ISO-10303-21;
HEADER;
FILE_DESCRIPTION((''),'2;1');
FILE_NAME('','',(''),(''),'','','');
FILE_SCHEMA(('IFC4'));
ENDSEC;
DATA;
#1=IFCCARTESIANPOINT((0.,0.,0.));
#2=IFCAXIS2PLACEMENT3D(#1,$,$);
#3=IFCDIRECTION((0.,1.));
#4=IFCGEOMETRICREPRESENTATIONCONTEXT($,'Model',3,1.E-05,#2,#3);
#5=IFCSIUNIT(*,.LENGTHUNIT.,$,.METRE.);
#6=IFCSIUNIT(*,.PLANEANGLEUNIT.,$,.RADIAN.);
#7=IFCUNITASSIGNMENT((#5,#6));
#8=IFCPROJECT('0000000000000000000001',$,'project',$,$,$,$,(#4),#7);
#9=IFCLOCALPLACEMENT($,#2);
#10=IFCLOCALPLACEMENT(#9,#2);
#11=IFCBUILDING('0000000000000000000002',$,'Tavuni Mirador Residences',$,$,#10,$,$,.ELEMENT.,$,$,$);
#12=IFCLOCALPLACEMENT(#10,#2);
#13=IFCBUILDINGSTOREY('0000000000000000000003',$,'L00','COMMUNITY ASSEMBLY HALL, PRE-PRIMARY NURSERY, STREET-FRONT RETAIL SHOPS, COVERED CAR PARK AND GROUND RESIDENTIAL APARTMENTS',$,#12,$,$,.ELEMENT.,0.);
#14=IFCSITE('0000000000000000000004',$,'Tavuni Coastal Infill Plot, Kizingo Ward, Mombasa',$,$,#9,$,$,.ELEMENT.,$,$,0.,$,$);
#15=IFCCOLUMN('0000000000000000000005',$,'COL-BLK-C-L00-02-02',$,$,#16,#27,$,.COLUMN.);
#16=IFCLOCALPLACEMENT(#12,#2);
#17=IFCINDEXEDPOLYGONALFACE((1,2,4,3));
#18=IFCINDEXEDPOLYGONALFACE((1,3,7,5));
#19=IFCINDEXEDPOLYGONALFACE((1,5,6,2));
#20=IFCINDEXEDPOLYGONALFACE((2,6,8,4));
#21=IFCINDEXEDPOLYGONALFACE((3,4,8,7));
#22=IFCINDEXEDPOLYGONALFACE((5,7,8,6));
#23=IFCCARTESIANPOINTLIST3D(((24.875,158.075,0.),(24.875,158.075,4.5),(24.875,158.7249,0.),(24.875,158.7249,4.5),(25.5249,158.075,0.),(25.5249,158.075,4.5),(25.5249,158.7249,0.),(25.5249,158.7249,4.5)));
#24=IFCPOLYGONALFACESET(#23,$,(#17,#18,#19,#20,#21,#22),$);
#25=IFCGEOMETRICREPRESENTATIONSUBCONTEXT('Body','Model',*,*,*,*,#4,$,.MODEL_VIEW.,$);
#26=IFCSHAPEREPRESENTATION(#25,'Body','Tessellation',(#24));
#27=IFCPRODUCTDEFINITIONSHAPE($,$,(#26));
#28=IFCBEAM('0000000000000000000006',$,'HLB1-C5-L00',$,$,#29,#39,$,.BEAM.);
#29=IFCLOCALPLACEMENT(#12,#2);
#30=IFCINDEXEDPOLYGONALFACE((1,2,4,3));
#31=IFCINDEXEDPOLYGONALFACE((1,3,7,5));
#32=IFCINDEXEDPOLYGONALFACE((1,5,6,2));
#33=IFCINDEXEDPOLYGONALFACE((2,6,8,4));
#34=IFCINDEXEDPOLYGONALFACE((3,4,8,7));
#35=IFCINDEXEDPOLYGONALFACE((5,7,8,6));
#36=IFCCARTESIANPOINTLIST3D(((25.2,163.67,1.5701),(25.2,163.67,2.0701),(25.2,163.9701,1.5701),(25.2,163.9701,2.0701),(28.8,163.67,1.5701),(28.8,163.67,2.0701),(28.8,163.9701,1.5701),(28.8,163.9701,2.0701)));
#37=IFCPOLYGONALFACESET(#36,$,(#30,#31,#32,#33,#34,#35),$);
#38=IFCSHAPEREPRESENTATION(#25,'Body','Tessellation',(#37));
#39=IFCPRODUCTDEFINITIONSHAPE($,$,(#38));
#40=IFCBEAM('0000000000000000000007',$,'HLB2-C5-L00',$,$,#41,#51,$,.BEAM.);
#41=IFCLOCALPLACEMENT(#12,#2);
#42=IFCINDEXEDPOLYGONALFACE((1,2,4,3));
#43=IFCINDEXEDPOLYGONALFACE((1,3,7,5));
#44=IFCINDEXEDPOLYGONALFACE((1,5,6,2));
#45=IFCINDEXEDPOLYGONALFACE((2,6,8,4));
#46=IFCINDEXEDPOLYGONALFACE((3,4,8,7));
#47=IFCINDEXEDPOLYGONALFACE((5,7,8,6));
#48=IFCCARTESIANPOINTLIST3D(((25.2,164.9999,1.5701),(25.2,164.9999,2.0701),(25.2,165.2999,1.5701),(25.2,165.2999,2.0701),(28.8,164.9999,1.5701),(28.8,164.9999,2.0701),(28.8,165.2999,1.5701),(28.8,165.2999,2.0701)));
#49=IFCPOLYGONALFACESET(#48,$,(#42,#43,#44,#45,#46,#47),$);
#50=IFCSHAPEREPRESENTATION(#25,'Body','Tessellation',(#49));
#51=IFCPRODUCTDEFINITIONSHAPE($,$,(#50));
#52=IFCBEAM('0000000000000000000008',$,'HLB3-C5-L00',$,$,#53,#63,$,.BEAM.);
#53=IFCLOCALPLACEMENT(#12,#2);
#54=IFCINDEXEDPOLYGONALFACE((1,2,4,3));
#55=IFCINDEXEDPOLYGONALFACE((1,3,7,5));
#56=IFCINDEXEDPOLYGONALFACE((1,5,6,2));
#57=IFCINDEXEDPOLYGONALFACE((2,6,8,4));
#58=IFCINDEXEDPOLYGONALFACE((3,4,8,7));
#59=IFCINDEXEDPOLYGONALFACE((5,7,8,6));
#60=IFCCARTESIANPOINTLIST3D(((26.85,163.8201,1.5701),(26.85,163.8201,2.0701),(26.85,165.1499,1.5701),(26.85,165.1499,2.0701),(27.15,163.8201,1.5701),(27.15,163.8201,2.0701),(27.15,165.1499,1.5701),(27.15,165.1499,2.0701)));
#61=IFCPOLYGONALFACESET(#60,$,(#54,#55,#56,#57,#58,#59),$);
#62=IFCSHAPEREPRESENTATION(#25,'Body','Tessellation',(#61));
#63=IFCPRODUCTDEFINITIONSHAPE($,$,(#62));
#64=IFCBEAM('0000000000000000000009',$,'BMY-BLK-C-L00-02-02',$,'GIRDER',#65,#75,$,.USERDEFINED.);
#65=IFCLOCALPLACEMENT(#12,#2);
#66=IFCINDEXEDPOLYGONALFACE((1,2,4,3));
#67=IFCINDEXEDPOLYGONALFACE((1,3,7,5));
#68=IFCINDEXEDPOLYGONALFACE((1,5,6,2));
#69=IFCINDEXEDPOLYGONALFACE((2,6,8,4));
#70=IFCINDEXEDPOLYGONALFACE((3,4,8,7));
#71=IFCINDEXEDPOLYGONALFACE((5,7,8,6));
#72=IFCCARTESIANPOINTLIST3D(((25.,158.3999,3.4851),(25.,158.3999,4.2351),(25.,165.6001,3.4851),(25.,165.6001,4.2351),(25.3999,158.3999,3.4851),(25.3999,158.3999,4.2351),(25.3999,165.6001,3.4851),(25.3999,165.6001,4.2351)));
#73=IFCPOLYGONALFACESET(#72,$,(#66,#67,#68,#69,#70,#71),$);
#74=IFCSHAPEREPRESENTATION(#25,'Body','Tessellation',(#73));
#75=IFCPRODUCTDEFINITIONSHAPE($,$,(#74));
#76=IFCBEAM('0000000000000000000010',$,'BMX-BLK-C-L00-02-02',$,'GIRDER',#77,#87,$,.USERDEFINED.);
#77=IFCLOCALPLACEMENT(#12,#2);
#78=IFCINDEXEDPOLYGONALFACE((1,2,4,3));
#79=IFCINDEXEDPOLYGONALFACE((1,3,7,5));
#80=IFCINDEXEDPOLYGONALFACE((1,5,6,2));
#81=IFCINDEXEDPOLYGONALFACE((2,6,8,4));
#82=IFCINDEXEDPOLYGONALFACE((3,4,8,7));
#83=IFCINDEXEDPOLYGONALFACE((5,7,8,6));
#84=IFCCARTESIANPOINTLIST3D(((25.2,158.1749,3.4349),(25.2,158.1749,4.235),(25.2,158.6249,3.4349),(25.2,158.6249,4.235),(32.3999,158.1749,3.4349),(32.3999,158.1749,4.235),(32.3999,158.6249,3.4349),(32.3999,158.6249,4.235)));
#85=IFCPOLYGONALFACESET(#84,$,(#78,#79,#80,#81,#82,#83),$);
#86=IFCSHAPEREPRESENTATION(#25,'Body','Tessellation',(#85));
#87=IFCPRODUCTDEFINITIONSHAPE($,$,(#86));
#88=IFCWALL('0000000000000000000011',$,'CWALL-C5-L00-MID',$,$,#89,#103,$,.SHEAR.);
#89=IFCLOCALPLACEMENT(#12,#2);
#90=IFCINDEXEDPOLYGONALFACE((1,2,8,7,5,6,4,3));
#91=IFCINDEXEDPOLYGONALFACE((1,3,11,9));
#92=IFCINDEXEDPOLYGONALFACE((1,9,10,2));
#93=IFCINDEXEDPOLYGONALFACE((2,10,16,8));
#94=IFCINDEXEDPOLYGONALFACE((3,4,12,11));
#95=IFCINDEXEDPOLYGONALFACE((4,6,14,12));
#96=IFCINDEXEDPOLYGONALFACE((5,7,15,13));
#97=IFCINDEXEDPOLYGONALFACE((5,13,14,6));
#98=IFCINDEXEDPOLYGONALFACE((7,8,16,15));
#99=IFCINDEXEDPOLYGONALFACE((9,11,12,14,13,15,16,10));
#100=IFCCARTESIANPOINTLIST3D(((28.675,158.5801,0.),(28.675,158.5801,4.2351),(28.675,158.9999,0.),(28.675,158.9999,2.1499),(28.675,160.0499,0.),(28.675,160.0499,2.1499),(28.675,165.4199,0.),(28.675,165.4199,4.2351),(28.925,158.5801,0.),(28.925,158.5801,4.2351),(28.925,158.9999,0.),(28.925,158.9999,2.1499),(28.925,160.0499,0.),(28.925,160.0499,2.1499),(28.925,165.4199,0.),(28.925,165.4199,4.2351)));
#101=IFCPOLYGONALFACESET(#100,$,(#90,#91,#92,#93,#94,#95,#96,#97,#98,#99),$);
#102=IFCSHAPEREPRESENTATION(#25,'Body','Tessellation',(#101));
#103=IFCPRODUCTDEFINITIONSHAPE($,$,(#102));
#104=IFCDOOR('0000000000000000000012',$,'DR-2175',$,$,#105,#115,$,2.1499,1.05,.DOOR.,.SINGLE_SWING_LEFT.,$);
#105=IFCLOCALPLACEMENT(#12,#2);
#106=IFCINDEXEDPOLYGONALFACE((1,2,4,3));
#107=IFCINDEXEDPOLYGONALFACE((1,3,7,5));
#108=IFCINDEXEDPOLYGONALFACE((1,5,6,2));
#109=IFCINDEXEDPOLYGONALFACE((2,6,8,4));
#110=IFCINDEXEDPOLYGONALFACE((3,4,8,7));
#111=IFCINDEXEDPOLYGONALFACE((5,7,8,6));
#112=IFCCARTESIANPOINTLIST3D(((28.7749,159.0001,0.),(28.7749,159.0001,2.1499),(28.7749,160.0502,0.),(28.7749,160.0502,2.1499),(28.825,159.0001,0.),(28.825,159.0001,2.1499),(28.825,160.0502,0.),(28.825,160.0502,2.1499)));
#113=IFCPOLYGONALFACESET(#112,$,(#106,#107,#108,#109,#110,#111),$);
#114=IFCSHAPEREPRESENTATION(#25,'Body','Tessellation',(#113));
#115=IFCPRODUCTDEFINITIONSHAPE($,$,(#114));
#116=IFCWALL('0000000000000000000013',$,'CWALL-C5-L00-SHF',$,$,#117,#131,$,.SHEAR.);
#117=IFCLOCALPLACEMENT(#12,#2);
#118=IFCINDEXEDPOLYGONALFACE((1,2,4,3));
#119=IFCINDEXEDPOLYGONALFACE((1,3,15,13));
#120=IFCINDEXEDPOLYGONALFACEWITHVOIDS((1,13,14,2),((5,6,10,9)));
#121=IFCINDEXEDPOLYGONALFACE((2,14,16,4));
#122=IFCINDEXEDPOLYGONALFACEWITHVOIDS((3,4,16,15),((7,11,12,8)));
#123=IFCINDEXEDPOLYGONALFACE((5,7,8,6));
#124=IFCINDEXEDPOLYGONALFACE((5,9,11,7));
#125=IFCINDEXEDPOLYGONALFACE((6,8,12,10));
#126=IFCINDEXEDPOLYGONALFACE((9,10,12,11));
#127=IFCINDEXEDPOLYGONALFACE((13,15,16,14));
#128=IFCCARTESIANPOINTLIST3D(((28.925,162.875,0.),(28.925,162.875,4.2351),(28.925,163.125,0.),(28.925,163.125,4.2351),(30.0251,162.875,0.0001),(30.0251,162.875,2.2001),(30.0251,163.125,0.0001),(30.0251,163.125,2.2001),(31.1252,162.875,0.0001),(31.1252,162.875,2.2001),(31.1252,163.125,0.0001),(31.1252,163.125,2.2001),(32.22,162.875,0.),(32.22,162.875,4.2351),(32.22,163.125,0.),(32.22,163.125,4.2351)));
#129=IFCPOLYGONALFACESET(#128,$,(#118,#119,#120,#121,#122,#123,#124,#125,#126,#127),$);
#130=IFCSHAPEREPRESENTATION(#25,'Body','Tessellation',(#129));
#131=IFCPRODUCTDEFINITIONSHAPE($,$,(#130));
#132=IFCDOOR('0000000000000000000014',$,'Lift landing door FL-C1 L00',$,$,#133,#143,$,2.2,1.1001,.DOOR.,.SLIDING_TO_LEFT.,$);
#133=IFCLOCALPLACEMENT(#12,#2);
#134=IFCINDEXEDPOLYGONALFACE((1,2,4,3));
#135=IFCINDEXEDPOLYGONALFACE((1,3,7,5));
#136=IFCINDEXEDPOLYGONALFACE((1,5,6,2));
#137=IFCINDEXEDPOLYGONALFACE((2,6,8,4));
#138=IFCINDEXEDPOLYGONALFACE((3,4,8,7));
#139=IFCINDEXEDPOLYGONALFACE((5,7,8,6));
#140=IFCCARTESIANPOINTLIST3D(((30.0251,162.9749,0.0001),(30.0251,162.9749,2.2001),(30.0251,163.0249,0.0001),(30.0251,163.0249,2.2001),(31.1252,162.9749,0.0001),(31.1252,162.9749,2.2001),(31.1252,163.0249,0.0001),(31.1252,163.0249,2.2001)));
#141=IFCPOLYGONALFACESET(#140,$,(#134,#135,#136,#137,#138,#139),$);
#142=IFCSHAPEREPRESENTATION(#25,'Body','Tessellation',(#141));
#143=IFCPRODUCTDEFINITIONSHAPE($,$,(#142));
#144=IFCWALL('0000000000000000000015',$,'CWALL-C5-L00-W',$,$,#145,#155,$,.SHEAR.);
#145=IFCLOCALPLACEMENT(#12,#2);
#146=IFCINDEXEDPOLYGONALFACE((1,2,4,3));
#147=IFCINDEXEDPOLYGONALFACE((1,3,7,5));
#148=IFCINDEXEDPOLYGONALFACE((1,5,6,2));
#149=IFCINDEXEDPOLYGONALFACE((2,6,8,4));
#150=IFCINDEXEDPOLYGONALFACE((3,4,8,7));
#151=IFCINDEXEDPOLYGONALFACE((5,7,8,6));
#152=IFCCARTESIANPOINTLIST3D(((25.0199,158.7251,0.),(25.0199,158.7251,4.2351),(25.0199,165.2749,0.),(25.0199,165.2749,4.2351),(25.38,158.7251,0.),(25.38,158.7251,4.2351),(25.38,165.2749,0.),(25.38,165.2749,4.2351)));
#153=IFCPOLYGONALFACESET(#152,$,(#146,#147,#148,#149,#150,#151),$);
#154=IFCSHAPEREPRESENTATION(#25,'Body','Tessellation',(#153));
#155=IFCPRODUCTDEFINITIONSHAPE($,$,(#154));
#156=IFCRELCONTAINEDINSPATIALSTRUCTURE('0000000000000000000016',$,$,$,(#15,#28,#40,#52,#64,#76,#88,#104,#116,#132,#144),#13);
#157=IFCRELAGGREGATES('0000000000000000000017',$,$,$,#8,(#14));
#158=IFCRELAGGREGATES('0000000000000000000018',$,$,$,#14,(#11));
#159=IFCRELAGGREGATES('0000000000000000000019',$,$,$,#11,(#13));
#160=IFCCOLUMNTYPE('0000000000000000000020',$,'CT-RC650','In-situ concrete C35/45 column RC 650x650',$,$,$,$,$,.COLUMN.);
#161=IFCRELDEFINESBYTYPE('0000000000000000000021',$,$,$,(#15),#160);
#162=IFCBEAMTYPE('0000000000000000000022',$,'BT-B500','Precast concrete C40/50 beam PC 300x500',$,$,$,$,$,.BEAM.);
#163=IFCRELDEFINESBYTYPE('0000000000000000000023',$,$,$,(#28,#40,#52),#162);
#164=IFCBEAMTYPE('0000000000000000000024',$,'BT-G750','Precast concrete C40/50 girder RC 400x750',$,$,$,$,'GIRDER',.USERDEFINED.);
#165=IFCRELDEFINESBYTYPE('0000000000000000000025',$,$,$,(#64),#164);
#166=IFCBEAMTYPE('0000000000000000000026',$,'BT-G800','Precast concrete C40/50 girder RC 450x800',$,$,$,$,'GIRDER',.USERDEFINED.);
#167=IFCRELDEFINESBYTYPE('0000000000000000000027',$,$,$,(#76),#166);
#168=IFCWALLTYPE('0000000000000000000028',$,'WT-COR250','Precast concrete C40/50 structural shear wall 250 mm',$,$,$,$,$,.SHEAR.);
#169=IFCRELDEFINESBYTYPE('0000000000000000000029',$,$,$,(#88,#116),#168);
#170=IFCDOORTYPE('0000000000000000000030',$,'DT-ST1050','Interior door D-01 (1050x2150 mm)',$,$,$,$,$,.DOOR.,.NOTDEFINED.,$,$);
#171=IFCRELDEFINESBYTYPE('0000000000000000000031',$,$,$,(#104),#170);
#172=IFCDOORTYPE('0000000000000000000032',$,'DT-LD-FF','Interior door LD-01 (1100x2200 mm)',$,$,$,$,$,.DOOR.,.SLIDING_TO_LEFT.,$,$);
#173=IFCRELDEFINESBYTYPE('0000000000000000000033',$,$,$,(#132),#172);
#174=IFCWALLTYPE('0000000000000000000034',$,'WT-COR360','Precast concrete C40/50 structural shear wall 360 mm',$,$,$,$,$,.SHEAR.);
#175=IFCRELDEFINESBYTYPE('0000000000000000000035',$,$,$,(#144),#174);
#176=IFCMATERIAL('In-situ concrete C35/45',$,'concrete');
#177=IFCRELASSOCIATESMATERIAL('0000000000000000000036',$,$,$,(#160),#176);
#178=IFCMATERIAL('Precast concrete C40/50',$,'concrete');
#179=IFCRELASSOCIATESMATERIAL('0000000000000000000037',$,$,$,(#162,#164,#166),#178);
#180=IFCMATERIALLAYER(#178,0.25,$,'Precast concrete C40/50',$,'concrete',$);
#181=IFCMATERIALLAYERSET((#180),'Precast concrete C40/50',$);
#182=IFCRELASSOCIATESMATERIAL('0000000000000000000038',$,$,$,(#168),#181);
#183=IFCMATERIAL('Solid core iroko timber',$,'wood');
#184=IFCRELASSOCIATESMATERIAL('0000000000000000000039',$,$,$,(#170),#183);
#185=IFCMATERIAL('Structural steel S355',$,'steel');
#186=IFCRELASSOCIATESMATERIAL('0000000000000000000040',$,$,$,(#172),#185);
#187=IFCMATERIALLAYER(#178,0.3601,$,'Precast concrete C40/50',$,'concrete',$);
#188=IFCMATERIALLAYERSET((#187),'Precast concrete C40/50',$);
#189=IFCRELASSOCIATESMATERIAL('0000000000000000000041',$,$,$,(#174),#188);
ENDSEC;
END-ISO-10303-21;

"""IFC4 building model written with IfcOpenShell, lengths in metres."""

from ifc_helpers import new_model, si_unit, direction, frame, frame_2d, origin, origin_2d, place, context, subcontext, project, spatial, rectangle, extrude, material, layer, layer_set, material_profile, profile_set, type_object, element, fill, save


model = new_model("IFC4")

# Units and contexts
model_context = context("Model", 3, precision=1e-05, world=origin(), true_north=direction((0.0, 1.0)))
body_context = subcontext(model_context, "Body", "Model", "MODEL_VIEW")
ifc_project = project(units=[si_unit("LENGTHUNIT", "METRE"), si_unit("PLANEANGLEUNIT", "RADIAN")], contexts=[model_context])

# Site, building, storey
site_placement = place(None, origin())
site = spatial("IfcSite", under=ifc_project, at=site_placement, Name="Tavuni Coastal Infill Plot, Kizingo Ward, Mombasa", CompositionType="ELEMENT", RefElevation=0.0)
building_placement = place(site_placement, origin())
building = spatial("IfcBuilding", under=site, at=building_placement, Name="Tavuni Mirador Residences", CompositionType="ELEMENT")
storey_placement = place(building_placement, origin())
storey = spatial("IfcBuildingStorey", under=building, at=storey_placement, Name="L00", Description="COMMUNITY ASSEMBLY HALL, PRE-PRIMARY NURSERY, STREET-FRONT RETAIL SHOPS, COVERED CAR PARK AND GROUND RESIDENTIAL APARTMENTS", CompositionType="ELEMENT", Elevation=0.0)

# Column
ifc_material_1 = material(Name="In-situ concrete C35/45", Category="concrete")
ifc_material_profile_1 = material_profile(ifc_material_1, rectangle(XDim=0.6499, YDim=0.6499, at=origin_2d()), Name="RC 650x650", Category="concrete")
ifc_profile_set_1 = profile_set([ifc_material_profile_1], Name="In-situ concrete C35/45")
column_type = type_object("IfcColumnType", Name="CT-RC650", Description="In-situ concrete C35/45 column RC 650x650", PredefinedType="COLUMN", material=ifc_profile_set_1)
column_placement = place(storey_placement, frame((25.2, 158.3999, 0.0), z_axis=(0.0, 0.0, 1.0), x_axis=(1.0, 0.0, 0.0)))
element("IfcColumn", 1, at=column_placement, inside=storey, type_object=column_type, Name="COL-BLK-C-L00-02-02", PredefinedType="COLUMN", context=body_context, shape_type="SweptSolid", body=[
    extrude(rectangle(XDim=0.6499, YDim=0.6499, at=origin_2d()), origin(), (0.0, 0.0, 1.0), 4.5),
])

# Beams
ifc_material_2 = material(Name="Precast concrete C40/50", Category="concrete")
ifc_material_profile_2 = material_profile(ifc_material_2, rectangle(XDim=0.3, YDim=0.5, at=origin_2d()), Name="PC 300x500", Category="concrete")
ifc_profile_set_2 = profile_set([ifc_material_profile_2], Name="Precast concrete C40/50")
beam_type_1 = type_object("IfcBeamType", Name="BT-B500", Description="Precast concrete C40/50 beam PC 300x500", PredefinedType="BEAM", material=ifc_profile_set_2)
for number, where, z_axis, x_axis, name in (
    (2, (25.2, 163.8201, 1.8201), (1.0, 0.0, 0.0), (0.0, 1.0, 0.0), "HLB1-C5-L00"),
    (3, (25.2, 165.1499, 1.8201), (1.0, 0.0, 0.0), (0.0, 1.0, 0.0), "HLB2-C5-L00"),
):
    element("IfcBeam", number, at=place(storey_placement, frame(where, z_axis=z_axis, x_axis=x_axis)), inside=storey, type_object=beam_type_1, Name=name, PredefinedType="BEAM", context=body_context, shape_type="SweptSolid", body=[
        extrude(rectangle(XDim=0.3, YDim=0.5, at=origin_2d()), origin(), (0.0, 0.0, 1.0), 3.6001),
    ])
beam_1_placement = place(storey_placement, frame((27.0, 163.8201, 1.8201), z_axis=(0.0, 1.0, 0.0), x_axis=(-1.0, 0.0, 0.0)))
element("IfcBeam", 4, at=beam_1_placement, inside=storey, type_object=beam_type_1, Name="HLB3-C5-L00", PredefinedType="BEAM", context=body_context, shape_type="SweptSolid", body=[
    extrude(rectangle(XDim=0.3, YDim=0.5, at=origin_2d()), origin(), (0.0, 0.0, 1.0), 1.3298),
])
ifc_material_profile_3 = material_profile(ifc_material_2, rectangle(XDim=0.3999, YDim=0.75, at=origin_2d()), Name="RC 400x750", Category="concrete")
ifc_profile_set_3 = profile_set([ifc_material_profile_3], Name="Precast concrete C40/50")
beam_type_2 = type_object("IfcBeamType", Name="BT-G750", Description="Precast concrete C40/50 girder RC 400x750", ElementType="GIRDER", PredefinedType="USERDEFINED", material=ifc_profile_set_3)
beam_2_placement = place(storey_placement, frame((25.2, 158.3999, 3.8601), z_axis=(0.0, 1.0, 0.0), x_axis=(-1.0, 0.0, 0.0)))
element("IfcBeam", 5, at=beam_2_placement, inside=storey, type_object=beam_type_2, Name="BMY-BLK-C-L00-02-02", ObjectType="GIRDER", PredefinedType="USERDEFINED", context=body_context, shape_type="SweptSolid", body=[
    extrude(rectangle(XDim=0.3999, YDim=0.75, at=origin_2d()), origin(), (0.0, 0.0, 1.0), 7.2002),
])
ifc_material_profile_4 = material_profile(ifc_material_2, rectangle(XDim=0.45, YDim=0.8, at=origin_2d()), Name="RC 450x800", Category="concrete")
ifc_profile_set_4 = profile_set([ifc_material_profile_4], Name="Precast concrete C40/50")
beam_type_3 = type_object("IfcBeamType", Name="BT-G800", Description="Precast concrete C40/50 girder RC 450x800", ElementType="GIRDER", PredefinedType="USERDEFINED", material=ifc_profile_set_4)
beam_3_placement = place(storey_placement, frame((25.2, 158.3999, 3.835), z_axis=(1.0, 0.0, 0.0), x_axis=(0.0, 1.0, 0.0)))
element("IfcBeam", 6, at=beam_3_placement, inside=storey, type_object=beam_type_3, Name="BMX-BLK-C-L00-02-02", ObjectType="GIRDER", PredefinedType="USERDEFINED", context=body_context, shape_type="SweptSolid", body=[
    extrude(rectangle(XDim=0.45, YDim=0.8, at=origin_2d()), origin(), (0.0, 0.0, 1.0), 7.2),
])

# Walls, openings, doors
ifc_layer_1 = layer(ifc_material_2, 0.25, Name="Precast concrete C40/50", Category="concrete")
ifc_layer_set_1 = layer_set([ifc_layer_1], Name="Precast concrete C40/50")
wall_type_1 = type_object("IfcWallType", Name="WT-COR250", Description="Precast concrete C40/50 structural shear wall 250 mm", PredefinedType="SHEAR", material=ifc_layer_set_1)
wall_1_placement = place(storey_placement, frame((28.8, 158.5801, 0.0), z_axis=(0.0, 0.0, 1.0), x_axis=(0.0, 1.0, 0.0)))
wall_1 = element("IfcWall", 7, at=wall_1_placement, inside=storey, type_object=wall_type_1, Name="CWALL-C5-L00-MID", PredefinedType="SHEAR", context=body_context, shape_type="SweptSolid", body=[
    extrude(rectangle(XDim=6.8398, YDim=0.25, at=frame_2d((3.4199, 0.0))), origin(), (0.0, 0.0, 1.0), 4.2351),
])
opening_1_placement = place(wall_1_placement, frame((0.4199, 0.0, 0.0)))
opening_1 = element("IfcOpeningElement", 8, at=opening_1_placement, cuts=wall_1, PredefinedType="OPENING", context=body_context, shape_type="SweptSolid", body=[
    extrude(rectangle(XDim=1.05, YDim=2.1499, at=frame_2d((0.5249, 1.075))), frame((0.0, 0.135, 0.0), z_axis=(0.0, -1.0, 0.0), x_axis=(1.0, 0.0, 0.0)), (0.0, 0.0, 1.0), 0.27),
])
ifc_material_3 = material(Name="Solid core iroko timber", Category="wood")
door_type_1 = type_object("IfcDoorType", Name="DT-ST1050", Description="Interior door D-01 (1050x2150 mm)", OperationType="NOTDEFINED", PredefinedType="DOOR", material=ifc_material_3)
door_1_placement = place(opening_1_placement, frame((1.05, 0.0, 0.0), z_axis=(0.0, 0.0, 1.0), x_axis=(-1.0, 0.0, 0.0)))
door_1 = element("IfcDoor", 9, at=door_1_placement, inside=storey, type_object=door_type_1, Name="DR-2175", OperationType="SINGLE_SWING_LEFT", OverallHeight=2.1499, OverallWidth=1.05, PredefinedType="DOOR", context=body_context, shape_type="SweptSolid", body=[
    extrude(rectangle(XDim=1.05, YDim=2.1499, at=frame_2d((0.5249, 1.075))), frame((0.0, 0.0249, 0.0), z_axis=(0.0, -1.0, 0.0), x_axis=(1.0, 0.0, 0.0)), (0.0, 0.0, 1.0), 0.05),
])
fill(opening_1, door_1)
wall_2_placement = place(storey_placement, frame((28.925, 163.0, 0.0), z_axis=(0.0, 0.0, 1.0), x_axis=(1.0, 0.0, 0.0)))
wall_2 = element("IfcWall", 10, at=wall_2_placement, inside=storey, type_object=wall_type_1, Name="CWALL-C5-L00-SHF", PredefinedType="SHEAR", context=body_context, shape_type="SweptSolid", body=[
    extrude(rectangle(XDim=3.2949, YDim=0.25, at=frame_2d((1.6475, 0.0))), origin(), (0.0, 0.0, 1.0), 4.2351),
])
opening_2_placement = place(wall_2_placement, frame((1.1001, 0.0, 0.0)))
opening_2 = element("IfcOpeningElement", 11, at=opening_2_placement, cuts=wall_2, PredefinedType="OPENING", context=body_context, shape_type="SweptSolid", body=[
    extrude(rectangle(XDim=1.1001, YDim=2.2, at=frame_2d((0.55, 1.1001))), frame((0.0, 0.135, 0.0), z_axis=(0.0, -1.0, 0.0), x_axis=(1.0, 0.0, 0.0)), (0.0, 0.0, 1.0), 0.27),
])
ifc_material_4 = material(Name="Structural steel S355", Category="steel")
door_type_2 = type_object("IfcDoorType", Name="DT-LD-FF", Description="Interior door LD-01 (1100x2200 mm)", OperationType="SLIDING_TO_LEFT", PredefinedType="DOOR", material=ifc_material_4)
door_2_placement = place(opening_2_placement, origin())
door_2 = element("IfcDoor", 12, at=door_2_placement, inside=storey, type_object=door_type_2, Name="Lift landing door FL-C1 L00", OperationType="SLIDING_TO_LEFT", OverallHeight=2.2, OverallWidth=1.1001, PredefinedType="DOOR", context=body_context, shape_type="SweptSolid", body=[
    extrude(rectangle(XDim=1.1001, YDim=2.2, at=frame_2d((0.55, 1.1001))), frame((0.0, 0.0249, 0.0), z_axis=(0.0, -1.0, 0.0), x_axis=(1.0, 0.0, 0.0)), (0.0, 0.0, 1.0), 0.05),
])
fill(opening_2, door_2)

# Wall
ifc_layer_2 = layer(ifc_material_2, 0.3601, Name="Precast concrete C40/50", Category="concrete")
ifc_layer_set_2 = layer_set([ifc_layer_2], Name="Precast concrete C40/50")
wall_type_2 = type_object("IfcWallType", Name="WT-COR360", Description="Precast concrete C40/50 structural shear wall 360 mm", PredefinedType="SHEAR", material=ifc_layer_set_2)
wall_3_placement = place(storey_placement, frame((25.2, 158.7251, 0.0), z_axis=(0.0, 0.0, 1.0), x_axis=(0.0, 1.0, 0.0)))
element("IfcWall", 13, at=wall_3_placement, inside=storey, type_object=wall_type_2, Name="CWALL-C5-L00-W", PredefinedType="SHEAR", context=body_context, shape_type="SweptSolid", body=[
    extrude(rectangle(XDim=6.5498, YDim=0.3601, at=frame_2d((3.2749, 0.0))), origin(), (0.0, 0.0, 1.0), 4.2351),
])

save(model, "model.ifc")
